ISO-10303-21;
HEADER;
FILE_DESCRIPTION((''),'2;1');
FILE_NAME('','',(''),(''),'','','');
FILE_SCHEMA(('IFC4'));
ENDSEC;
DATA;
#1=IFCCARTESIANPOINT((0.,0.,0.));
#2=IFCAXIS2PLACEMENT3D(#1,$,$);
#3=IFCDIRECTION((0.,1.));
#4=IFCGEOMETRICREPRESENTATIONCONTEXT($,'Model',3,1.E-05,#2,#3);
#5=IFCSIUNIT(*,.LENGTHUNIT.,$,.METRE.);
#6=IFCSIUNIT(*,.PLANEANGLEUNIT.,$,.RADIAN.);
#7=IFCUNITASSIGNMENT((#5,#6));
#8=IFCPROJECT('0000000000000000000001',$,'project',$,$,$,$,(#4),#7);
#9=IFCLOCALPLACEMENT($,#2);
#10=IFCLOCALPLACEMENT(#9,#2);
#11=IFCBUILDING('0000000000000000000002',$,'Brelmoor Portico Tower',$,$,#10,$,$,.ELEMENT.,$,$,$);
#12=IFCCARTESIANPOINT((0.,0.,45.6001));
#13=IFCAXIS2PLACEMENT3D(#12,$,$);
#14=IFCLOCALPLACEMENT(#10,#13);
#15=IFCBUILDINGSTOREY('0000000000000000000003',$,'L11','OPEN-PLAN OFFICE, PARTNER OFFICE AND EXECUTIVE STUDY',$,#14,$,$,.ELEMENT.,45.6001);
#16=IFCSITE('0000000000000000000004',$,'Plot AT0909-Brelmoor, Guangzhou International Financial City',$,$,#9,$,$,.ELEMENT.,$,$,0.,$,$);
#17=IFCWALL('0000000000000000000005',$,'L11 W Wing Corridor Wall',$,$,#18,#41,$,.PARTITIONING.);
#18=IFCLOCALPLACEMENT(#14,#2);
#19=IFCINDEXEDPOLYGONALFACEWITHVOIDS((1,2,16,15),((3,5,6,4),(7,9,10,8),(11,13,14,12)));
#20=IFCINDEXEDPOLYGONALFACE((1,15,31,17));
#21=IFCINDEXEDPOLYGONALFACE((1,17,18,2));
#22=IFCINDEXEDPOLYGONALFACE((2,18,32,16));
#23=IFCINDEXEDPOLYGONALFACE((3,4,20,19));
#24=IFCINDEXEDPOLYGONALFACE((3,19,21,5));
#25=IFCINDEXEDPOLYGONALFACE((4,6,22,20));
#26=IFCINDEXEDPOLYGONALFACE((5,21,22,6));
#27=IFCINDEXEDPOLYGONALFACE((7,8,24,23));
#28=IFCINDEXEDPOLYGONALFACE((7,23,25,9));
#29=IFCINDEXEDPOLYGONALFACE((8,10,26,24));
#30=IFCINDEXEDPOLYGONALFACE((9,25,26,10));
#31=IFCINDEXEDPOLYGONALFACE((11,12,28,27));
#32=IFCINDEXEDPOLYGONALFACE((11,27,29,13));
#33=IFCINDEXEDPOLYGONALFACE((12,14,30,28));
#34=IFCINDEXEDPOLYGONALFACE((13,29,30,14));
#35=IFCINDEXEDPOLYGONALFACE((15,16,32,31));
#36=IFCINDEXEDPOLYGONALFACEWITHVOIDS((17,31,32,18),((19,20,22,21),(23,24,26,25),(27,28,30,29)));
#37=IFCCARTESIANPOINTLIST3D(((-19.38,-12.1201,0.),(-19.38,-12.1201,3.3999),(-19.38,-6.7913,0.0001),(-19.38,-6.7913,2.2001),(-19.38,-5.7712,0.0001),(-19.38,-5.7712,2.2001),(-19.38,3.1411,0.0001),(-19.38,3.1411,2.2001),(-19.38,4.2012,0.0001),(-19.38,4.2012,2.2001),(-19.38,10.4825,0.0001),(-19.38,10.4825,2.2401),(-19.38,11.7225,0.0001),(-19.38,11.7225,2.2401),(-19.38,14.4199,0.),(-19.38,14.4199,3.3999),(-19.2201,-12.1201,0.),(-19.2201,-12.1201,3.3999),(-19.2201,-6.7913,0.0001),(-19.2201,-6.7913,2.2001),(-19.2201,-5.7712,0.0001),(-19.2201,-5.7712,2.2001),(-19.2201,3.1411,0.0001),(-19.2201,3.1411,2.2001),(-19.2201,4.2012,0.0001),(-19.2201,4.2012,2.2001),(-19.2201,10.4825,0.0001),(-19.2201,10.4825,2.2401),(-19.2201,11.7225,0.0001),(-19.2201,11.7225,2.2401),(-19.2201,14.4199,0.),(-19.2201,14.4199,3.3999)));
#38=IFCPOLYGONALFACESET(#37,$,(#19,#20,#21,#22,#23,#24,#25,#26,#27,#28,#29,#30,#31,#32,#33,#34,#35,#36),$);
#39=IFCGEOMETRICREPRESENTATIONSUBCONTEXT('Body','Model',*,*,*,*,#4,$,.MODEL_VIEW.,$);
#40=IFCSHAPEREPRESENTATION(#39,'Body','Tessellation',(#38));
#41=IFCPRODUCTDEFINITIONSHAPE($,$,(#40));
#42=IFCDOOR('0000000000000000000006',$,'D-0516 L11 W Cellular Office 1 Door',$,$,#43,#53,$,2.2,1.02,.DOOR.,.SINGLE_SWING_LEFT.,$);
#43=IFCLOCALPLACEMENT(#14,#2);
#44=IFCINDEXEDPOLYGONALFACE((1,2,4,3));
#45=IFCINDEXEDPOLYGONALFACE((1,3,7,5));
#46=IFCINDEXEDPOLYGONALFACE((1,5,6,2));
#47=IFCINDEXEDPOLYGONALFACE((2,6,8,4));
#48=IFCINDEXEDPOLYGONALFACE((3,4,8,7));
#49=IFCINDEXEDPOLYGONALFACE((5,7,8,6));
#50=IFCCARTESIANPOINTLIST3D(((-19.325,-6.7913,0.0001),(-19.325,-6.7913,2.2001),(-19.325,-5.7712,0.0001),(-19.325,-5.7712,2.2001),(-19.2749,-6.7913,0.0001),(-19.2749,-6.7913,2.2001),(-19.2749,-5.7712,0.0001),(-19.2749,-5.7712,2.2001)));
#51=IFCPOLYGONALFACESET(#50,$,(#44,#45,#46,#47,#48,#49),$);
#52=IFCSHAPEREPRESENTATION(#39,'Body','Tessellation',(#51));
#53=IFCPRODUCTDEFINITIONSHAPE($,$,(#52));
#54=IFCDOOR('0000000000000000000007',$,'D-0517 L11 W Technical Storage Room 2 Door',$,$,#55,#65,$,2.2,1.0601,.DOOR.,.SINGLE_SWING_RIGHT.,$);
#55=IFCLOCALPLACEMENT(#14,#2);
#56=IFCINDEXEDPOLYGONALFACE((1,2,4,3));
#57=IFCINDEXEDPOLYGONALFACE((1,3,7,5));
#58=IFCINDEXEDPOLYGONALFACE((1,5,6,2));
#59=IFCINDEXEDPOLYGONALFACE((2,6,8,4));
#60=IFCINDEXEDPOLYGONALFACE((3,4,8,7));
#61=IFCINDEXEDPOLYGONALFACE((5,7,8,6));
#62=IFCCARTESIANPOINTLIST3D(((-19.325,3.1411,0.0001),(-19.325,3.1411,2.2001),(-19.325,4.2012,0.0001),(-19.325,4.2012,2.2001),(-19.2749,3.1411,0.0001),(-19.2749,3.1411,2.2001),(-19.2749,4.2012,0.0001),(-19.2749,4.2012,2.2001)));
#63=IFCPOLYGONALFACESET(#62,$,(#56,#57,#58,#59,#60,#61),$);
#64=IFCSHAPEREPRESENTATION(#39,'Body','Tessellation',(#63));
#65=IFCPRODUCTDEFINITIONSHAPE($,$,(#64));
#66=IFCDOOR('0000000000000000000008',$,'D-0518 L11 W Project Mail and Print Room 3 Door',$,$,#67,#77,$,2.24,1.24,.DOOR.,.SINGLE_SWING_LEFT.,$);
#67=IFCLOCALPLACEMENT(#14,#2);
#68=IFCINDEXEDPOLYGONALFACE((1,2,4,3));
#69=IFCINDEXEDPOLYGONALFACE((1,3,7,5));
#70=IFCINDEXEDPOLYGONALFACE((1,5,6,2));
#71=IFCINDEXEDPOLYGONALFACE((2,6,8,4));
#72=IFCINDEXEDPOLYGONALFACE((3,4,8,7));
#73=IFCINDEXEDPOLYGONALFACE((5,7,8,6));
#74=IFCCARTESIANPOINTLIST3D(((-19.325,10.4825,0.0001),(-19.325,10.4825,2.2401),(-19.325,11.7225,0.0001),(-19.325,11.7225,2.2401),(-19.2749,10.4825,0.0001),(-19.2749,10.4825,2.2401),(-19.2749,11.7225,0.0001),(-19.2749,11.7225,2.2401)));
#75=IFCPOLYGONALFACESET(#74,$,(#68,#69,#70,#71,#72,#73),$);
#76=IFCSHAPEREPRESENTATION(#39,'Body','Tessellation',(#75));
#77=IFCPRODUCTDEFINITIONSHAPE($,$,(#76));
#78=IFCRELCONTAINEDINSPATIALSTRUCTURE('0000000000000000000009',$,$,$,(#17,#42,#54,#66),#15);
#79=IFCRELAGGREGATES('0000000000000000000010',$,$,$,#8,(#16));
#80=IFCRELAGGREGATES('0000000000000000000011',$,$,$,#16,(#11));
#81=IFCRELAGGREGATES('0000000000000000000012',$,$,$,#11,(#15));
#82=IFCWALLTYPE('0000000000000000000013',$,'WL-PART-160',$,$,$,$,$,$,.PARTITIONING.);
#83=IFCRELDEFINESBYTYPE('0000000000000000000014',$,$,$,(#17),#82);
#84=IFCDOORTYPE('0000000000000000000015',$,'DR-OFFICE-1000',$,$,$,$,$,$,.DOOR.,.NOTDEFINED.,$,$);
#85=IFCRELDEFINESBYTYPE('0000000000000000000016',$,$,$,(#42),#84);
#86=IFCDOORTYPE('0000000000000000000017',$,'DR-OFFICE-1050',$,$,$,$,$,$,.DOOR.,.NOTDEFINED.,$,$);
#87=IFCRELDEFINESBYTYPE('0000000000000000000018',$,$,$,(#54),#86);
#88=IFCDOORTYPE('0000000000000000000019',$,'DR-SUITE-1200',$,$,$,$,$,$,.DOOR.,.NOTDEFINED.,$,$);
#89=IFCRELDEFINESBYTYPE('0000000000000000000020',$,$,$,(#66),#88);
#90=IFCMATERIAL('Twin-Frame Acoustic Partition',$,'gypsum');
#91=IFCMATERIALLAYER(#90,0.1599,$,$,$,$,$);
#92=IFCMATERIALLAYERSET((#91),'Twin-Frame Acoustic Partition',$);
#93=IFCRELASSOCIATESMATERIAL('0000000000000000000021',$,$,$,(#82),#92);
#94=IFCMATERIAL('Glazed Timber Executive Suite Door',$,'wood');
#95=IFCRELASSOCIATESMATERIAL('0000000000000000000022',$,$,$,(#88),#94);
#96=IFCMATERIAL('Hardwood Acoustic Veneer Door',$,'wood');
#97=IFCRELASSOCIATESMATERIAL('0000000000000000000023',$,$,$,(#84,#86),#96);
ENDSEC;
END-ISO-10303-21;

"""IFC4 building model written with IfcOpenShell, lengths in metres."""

from ifc_helpers import new_model, si_unit, direction, frame, frame_2d, origin, place, context, subcontext, project, spatial, rectangle, extrude, material, layer, layer_set, type_object, element, fill, save


model = new_model("IFC4")

# Units and contexts
model_context = context("Model", 3, precision=1e-05, world=origin(), true_north=direction((0.0, 1.0)))
body_context = subcontext(model_context, "Body", "Model", "MODEL_VIEW")
ifc_project = project(units=[si_unit("LENGTHUNIT", "METRE"), si_unit("PLANEANGLEUNIT", "RADIAN")], contexts=[model_context])

# Site, building, storey
site_placement = place(None, origin())
site = spatial("IfcSite", under=ifc_project, at=site_placement, Name="Plot AT0909-Brelmoor, Guangzhou International Financial City", CompositionType="ELEMENT", RefElevation=0.0)
building_placement = place(site_placement, origin())
building = spatial("IfcBuilding", under=site, at=building_placement, Name="Brelmoor Portico Tower", CompositionType="ELEMENT")
storey_placement = place(building_placement, frame((0.0, 0.0, 45.6001)))
storey = spatial("IfcBuildingStorey", under=building, at=storey_placement, Name="L11", Description="OPEN-PLAN OFFICE, PARTNER OFFICE AND EXECUTIVE STUDY", CompositionType="ELEMENT", Elevation=45.6001)

# Wall, openings, doors
ifc_material_1 = material(Name="Twin-Frame Acoustic Partition", Category="gypsum")
ifc_layer_1 = layer(ifc_material_1, 0.1599)
ifc_layer_set_1 = layer_set([ifc_layer_1], Name="Twin-Frame Acoustic Partition")
wall_type_1 = type_object("IfcWallType", Name="WL-PART-160", PredefinedType="PARTITIONING", material=ifc_layer_set_1)
ifc_material_2 = material(Name="Glazed Timber Executive Suite Door", Category="wood")
door_type_1 = type_object("IfcDoorType", Name="DR-SUITE-1200", OperationType="NOTDEFINED", PredefinedType="DOOR", material=ifc_material_2)
wall_1_placement = place(storey_placement, frame((-19.3, -12.1201, 0.0), z_axis=(0.0, 0.0, 1.0), x_axis=(0.0, 1.0, 0.0)))
wall_1 = element("IfcWall", 1, at=wall_1_placement, inside=storey, type_object=wall_type_1, Name="L11 W Wing Corridor Wall", PredefinedType="PARTITIONING", context=body_context, shape_type="SweptSolid", body=[
    extrude(rectangle(XDim=26.54, YDim=0.1599, at=frame_2d((13.27, 0.0))), origin(), (0.0, 0.0, 1.0), 3.3999),
])
opening_1_placement = place(wall_1_placement, frame((5.3289, 0.0, 0.0)))
opening_1 = element("IfcOpeningElement", 2, at=opening_1_placement, cuts=wall_1, PredefinedType="OPENING", context=body_context, shape_type="SweptSolid", body=[
    extrude(rectangle(XDim=1.02, YDim=2.2, at=frame_2d((0.51, 1.1001))), frame((0.0, 0.0898, 0.0), z_axis=(0.0, -1.0, 0.0), x_axis=(1.0, 0.0, 0.0)), (0.0, 0.0, 1.0), 0.1799),
])
opening_2_placement = place(wall_1_placement, frame((15.2612, 0.0, 0.0)))
opening_2 = element("IfcOpeningElement", 3, at=opening_2_placement, cuts=wall_1, PredefinedType="OPENING", context=body_context, shape_type="SweptSolid", body=[
    extrude(rectangle(XDim=1.0601, YDim=2.2, at=frame_2d((0.53, 1.1001))), frame((0.0, 0.0898, 0.0), z_axis=(0.0, -1.0, 0.0), x_axis=(1.0, 0.0, 0.0)), (0.0, 0.0, 1.0), 0.1799),
])
opening_3_placement = place(wall_1_placement, frame((22.6025, 0.0, 0.0)))
opening_3 = element("IfcOpeningElement", 4, at=opening_3_placement, cuts=wall_1, PredefinedType="OPENING", context=body_context, shape_type="SweptSolid", body=[
    extrude(rectangle(XDim=1.24, YDim=2.24, at=frame_2d((0.6201, 1.1201))), frame((0.0, 0.0898, 0.0), z_axis=(0.0, -1.0, 0.0), x_axis=(1.0, 0.0, 0.0)), (0.0, 0.0, 1.0), 0.1799),
])
ifc_material_3 = material(Name="Hardwood Acoustic Veneer Door", Category="wood")
door_type_2 = type_object("IfcDoorType", Name="DR-OFFICE-1000", OperationType="NOTDEFINED", PredefinedType="DOOR", material=ifc_material_3)
door_1_placement = place(opening_1_placement, origin())
door_1 = element("IfcDoor", 5, at=door_1_placement, inside=storey, type_object=door_type_2, Name="D-0516 L11 W Cellular Office 1 Door", OperationType="SINGLE_SWING_LEFT", OverallHeight=2.2, OverallWidth=1.02, PredefinedType="DOOR", context=body_context, shape_type="SweptSolid", body=[
    extrude(rectangle(XDim=1.02, YDim=2.2, at=frame_2d((0.51, 1.1001))), frame((0.0, 0.0249, 0.0), z_axis=(0.0, -1.0, 0.0), x_axis=(1.0, 0.0, 0.0)), (0.0, 0.0, 1.0), 0.05),
])
fill(opening_1, door_1)
door_type_3 = type_object("IfcDoorType", Name="DR-OFFICE-1050", OperationType="NOTDEFINED", PredefinedType="DOOR", material=ifc_material_3)
door_2_placement = place(opening_2_placement, origin())
door_2 = element("IfcDoor", 6, at=door_2_placement, inside=storey, type_object=door_type_3, Name="D-0517 L11 W Technical Storage Room 2 Door", OperationType="SINGLE_SWING_RIGHT", OverallHeight=2.2, OverallWidth=1.0601, PredefinedType="DOOR", context=body_context, shape_type="SweptSolid", body=[
    extrude(rectangle(XDim=1.0601, YDim=2.2, at=frame_2d((0.53, 1.1001))), frame((0.0, 0.0249, 0.0), z_axis=(0.0, -1.0, 0.0), x_axis=(1.0, 0.0, 0.0)), (0.0, 0.0, 1.0), 0.05),
])
fill(opening_2, door_2)
door_3_placement = place(opening_3_placement, origin())
door_3 = element("IfcDoor", 7, at=door_3_placement, inside=storey, type_object=door_type_1, Name="D-0518 L11 W Project Mail and Print Room 3 Door", OperationType="SINGLE_SWING_LEFT", OverallHeight=2.24, OverallWidth=1.24, PredefinedType="DOOR", context=body_context, shape_type="SweptSolid", body=[
    extrude(rectangle(XDim=1.24, YDim=2.24, at=frame_2d((0.6201, 1.1201))), frame((0.0, 0.0249, 0.0), z_axis=(0.0, -1.0, 0.0), x_axis=(1.0, 0.0, 0.0)), (0.0, 0.0, 1.0), 0.05),
])
fill(opening_3, door_3)

save(model, "model.ifc")
